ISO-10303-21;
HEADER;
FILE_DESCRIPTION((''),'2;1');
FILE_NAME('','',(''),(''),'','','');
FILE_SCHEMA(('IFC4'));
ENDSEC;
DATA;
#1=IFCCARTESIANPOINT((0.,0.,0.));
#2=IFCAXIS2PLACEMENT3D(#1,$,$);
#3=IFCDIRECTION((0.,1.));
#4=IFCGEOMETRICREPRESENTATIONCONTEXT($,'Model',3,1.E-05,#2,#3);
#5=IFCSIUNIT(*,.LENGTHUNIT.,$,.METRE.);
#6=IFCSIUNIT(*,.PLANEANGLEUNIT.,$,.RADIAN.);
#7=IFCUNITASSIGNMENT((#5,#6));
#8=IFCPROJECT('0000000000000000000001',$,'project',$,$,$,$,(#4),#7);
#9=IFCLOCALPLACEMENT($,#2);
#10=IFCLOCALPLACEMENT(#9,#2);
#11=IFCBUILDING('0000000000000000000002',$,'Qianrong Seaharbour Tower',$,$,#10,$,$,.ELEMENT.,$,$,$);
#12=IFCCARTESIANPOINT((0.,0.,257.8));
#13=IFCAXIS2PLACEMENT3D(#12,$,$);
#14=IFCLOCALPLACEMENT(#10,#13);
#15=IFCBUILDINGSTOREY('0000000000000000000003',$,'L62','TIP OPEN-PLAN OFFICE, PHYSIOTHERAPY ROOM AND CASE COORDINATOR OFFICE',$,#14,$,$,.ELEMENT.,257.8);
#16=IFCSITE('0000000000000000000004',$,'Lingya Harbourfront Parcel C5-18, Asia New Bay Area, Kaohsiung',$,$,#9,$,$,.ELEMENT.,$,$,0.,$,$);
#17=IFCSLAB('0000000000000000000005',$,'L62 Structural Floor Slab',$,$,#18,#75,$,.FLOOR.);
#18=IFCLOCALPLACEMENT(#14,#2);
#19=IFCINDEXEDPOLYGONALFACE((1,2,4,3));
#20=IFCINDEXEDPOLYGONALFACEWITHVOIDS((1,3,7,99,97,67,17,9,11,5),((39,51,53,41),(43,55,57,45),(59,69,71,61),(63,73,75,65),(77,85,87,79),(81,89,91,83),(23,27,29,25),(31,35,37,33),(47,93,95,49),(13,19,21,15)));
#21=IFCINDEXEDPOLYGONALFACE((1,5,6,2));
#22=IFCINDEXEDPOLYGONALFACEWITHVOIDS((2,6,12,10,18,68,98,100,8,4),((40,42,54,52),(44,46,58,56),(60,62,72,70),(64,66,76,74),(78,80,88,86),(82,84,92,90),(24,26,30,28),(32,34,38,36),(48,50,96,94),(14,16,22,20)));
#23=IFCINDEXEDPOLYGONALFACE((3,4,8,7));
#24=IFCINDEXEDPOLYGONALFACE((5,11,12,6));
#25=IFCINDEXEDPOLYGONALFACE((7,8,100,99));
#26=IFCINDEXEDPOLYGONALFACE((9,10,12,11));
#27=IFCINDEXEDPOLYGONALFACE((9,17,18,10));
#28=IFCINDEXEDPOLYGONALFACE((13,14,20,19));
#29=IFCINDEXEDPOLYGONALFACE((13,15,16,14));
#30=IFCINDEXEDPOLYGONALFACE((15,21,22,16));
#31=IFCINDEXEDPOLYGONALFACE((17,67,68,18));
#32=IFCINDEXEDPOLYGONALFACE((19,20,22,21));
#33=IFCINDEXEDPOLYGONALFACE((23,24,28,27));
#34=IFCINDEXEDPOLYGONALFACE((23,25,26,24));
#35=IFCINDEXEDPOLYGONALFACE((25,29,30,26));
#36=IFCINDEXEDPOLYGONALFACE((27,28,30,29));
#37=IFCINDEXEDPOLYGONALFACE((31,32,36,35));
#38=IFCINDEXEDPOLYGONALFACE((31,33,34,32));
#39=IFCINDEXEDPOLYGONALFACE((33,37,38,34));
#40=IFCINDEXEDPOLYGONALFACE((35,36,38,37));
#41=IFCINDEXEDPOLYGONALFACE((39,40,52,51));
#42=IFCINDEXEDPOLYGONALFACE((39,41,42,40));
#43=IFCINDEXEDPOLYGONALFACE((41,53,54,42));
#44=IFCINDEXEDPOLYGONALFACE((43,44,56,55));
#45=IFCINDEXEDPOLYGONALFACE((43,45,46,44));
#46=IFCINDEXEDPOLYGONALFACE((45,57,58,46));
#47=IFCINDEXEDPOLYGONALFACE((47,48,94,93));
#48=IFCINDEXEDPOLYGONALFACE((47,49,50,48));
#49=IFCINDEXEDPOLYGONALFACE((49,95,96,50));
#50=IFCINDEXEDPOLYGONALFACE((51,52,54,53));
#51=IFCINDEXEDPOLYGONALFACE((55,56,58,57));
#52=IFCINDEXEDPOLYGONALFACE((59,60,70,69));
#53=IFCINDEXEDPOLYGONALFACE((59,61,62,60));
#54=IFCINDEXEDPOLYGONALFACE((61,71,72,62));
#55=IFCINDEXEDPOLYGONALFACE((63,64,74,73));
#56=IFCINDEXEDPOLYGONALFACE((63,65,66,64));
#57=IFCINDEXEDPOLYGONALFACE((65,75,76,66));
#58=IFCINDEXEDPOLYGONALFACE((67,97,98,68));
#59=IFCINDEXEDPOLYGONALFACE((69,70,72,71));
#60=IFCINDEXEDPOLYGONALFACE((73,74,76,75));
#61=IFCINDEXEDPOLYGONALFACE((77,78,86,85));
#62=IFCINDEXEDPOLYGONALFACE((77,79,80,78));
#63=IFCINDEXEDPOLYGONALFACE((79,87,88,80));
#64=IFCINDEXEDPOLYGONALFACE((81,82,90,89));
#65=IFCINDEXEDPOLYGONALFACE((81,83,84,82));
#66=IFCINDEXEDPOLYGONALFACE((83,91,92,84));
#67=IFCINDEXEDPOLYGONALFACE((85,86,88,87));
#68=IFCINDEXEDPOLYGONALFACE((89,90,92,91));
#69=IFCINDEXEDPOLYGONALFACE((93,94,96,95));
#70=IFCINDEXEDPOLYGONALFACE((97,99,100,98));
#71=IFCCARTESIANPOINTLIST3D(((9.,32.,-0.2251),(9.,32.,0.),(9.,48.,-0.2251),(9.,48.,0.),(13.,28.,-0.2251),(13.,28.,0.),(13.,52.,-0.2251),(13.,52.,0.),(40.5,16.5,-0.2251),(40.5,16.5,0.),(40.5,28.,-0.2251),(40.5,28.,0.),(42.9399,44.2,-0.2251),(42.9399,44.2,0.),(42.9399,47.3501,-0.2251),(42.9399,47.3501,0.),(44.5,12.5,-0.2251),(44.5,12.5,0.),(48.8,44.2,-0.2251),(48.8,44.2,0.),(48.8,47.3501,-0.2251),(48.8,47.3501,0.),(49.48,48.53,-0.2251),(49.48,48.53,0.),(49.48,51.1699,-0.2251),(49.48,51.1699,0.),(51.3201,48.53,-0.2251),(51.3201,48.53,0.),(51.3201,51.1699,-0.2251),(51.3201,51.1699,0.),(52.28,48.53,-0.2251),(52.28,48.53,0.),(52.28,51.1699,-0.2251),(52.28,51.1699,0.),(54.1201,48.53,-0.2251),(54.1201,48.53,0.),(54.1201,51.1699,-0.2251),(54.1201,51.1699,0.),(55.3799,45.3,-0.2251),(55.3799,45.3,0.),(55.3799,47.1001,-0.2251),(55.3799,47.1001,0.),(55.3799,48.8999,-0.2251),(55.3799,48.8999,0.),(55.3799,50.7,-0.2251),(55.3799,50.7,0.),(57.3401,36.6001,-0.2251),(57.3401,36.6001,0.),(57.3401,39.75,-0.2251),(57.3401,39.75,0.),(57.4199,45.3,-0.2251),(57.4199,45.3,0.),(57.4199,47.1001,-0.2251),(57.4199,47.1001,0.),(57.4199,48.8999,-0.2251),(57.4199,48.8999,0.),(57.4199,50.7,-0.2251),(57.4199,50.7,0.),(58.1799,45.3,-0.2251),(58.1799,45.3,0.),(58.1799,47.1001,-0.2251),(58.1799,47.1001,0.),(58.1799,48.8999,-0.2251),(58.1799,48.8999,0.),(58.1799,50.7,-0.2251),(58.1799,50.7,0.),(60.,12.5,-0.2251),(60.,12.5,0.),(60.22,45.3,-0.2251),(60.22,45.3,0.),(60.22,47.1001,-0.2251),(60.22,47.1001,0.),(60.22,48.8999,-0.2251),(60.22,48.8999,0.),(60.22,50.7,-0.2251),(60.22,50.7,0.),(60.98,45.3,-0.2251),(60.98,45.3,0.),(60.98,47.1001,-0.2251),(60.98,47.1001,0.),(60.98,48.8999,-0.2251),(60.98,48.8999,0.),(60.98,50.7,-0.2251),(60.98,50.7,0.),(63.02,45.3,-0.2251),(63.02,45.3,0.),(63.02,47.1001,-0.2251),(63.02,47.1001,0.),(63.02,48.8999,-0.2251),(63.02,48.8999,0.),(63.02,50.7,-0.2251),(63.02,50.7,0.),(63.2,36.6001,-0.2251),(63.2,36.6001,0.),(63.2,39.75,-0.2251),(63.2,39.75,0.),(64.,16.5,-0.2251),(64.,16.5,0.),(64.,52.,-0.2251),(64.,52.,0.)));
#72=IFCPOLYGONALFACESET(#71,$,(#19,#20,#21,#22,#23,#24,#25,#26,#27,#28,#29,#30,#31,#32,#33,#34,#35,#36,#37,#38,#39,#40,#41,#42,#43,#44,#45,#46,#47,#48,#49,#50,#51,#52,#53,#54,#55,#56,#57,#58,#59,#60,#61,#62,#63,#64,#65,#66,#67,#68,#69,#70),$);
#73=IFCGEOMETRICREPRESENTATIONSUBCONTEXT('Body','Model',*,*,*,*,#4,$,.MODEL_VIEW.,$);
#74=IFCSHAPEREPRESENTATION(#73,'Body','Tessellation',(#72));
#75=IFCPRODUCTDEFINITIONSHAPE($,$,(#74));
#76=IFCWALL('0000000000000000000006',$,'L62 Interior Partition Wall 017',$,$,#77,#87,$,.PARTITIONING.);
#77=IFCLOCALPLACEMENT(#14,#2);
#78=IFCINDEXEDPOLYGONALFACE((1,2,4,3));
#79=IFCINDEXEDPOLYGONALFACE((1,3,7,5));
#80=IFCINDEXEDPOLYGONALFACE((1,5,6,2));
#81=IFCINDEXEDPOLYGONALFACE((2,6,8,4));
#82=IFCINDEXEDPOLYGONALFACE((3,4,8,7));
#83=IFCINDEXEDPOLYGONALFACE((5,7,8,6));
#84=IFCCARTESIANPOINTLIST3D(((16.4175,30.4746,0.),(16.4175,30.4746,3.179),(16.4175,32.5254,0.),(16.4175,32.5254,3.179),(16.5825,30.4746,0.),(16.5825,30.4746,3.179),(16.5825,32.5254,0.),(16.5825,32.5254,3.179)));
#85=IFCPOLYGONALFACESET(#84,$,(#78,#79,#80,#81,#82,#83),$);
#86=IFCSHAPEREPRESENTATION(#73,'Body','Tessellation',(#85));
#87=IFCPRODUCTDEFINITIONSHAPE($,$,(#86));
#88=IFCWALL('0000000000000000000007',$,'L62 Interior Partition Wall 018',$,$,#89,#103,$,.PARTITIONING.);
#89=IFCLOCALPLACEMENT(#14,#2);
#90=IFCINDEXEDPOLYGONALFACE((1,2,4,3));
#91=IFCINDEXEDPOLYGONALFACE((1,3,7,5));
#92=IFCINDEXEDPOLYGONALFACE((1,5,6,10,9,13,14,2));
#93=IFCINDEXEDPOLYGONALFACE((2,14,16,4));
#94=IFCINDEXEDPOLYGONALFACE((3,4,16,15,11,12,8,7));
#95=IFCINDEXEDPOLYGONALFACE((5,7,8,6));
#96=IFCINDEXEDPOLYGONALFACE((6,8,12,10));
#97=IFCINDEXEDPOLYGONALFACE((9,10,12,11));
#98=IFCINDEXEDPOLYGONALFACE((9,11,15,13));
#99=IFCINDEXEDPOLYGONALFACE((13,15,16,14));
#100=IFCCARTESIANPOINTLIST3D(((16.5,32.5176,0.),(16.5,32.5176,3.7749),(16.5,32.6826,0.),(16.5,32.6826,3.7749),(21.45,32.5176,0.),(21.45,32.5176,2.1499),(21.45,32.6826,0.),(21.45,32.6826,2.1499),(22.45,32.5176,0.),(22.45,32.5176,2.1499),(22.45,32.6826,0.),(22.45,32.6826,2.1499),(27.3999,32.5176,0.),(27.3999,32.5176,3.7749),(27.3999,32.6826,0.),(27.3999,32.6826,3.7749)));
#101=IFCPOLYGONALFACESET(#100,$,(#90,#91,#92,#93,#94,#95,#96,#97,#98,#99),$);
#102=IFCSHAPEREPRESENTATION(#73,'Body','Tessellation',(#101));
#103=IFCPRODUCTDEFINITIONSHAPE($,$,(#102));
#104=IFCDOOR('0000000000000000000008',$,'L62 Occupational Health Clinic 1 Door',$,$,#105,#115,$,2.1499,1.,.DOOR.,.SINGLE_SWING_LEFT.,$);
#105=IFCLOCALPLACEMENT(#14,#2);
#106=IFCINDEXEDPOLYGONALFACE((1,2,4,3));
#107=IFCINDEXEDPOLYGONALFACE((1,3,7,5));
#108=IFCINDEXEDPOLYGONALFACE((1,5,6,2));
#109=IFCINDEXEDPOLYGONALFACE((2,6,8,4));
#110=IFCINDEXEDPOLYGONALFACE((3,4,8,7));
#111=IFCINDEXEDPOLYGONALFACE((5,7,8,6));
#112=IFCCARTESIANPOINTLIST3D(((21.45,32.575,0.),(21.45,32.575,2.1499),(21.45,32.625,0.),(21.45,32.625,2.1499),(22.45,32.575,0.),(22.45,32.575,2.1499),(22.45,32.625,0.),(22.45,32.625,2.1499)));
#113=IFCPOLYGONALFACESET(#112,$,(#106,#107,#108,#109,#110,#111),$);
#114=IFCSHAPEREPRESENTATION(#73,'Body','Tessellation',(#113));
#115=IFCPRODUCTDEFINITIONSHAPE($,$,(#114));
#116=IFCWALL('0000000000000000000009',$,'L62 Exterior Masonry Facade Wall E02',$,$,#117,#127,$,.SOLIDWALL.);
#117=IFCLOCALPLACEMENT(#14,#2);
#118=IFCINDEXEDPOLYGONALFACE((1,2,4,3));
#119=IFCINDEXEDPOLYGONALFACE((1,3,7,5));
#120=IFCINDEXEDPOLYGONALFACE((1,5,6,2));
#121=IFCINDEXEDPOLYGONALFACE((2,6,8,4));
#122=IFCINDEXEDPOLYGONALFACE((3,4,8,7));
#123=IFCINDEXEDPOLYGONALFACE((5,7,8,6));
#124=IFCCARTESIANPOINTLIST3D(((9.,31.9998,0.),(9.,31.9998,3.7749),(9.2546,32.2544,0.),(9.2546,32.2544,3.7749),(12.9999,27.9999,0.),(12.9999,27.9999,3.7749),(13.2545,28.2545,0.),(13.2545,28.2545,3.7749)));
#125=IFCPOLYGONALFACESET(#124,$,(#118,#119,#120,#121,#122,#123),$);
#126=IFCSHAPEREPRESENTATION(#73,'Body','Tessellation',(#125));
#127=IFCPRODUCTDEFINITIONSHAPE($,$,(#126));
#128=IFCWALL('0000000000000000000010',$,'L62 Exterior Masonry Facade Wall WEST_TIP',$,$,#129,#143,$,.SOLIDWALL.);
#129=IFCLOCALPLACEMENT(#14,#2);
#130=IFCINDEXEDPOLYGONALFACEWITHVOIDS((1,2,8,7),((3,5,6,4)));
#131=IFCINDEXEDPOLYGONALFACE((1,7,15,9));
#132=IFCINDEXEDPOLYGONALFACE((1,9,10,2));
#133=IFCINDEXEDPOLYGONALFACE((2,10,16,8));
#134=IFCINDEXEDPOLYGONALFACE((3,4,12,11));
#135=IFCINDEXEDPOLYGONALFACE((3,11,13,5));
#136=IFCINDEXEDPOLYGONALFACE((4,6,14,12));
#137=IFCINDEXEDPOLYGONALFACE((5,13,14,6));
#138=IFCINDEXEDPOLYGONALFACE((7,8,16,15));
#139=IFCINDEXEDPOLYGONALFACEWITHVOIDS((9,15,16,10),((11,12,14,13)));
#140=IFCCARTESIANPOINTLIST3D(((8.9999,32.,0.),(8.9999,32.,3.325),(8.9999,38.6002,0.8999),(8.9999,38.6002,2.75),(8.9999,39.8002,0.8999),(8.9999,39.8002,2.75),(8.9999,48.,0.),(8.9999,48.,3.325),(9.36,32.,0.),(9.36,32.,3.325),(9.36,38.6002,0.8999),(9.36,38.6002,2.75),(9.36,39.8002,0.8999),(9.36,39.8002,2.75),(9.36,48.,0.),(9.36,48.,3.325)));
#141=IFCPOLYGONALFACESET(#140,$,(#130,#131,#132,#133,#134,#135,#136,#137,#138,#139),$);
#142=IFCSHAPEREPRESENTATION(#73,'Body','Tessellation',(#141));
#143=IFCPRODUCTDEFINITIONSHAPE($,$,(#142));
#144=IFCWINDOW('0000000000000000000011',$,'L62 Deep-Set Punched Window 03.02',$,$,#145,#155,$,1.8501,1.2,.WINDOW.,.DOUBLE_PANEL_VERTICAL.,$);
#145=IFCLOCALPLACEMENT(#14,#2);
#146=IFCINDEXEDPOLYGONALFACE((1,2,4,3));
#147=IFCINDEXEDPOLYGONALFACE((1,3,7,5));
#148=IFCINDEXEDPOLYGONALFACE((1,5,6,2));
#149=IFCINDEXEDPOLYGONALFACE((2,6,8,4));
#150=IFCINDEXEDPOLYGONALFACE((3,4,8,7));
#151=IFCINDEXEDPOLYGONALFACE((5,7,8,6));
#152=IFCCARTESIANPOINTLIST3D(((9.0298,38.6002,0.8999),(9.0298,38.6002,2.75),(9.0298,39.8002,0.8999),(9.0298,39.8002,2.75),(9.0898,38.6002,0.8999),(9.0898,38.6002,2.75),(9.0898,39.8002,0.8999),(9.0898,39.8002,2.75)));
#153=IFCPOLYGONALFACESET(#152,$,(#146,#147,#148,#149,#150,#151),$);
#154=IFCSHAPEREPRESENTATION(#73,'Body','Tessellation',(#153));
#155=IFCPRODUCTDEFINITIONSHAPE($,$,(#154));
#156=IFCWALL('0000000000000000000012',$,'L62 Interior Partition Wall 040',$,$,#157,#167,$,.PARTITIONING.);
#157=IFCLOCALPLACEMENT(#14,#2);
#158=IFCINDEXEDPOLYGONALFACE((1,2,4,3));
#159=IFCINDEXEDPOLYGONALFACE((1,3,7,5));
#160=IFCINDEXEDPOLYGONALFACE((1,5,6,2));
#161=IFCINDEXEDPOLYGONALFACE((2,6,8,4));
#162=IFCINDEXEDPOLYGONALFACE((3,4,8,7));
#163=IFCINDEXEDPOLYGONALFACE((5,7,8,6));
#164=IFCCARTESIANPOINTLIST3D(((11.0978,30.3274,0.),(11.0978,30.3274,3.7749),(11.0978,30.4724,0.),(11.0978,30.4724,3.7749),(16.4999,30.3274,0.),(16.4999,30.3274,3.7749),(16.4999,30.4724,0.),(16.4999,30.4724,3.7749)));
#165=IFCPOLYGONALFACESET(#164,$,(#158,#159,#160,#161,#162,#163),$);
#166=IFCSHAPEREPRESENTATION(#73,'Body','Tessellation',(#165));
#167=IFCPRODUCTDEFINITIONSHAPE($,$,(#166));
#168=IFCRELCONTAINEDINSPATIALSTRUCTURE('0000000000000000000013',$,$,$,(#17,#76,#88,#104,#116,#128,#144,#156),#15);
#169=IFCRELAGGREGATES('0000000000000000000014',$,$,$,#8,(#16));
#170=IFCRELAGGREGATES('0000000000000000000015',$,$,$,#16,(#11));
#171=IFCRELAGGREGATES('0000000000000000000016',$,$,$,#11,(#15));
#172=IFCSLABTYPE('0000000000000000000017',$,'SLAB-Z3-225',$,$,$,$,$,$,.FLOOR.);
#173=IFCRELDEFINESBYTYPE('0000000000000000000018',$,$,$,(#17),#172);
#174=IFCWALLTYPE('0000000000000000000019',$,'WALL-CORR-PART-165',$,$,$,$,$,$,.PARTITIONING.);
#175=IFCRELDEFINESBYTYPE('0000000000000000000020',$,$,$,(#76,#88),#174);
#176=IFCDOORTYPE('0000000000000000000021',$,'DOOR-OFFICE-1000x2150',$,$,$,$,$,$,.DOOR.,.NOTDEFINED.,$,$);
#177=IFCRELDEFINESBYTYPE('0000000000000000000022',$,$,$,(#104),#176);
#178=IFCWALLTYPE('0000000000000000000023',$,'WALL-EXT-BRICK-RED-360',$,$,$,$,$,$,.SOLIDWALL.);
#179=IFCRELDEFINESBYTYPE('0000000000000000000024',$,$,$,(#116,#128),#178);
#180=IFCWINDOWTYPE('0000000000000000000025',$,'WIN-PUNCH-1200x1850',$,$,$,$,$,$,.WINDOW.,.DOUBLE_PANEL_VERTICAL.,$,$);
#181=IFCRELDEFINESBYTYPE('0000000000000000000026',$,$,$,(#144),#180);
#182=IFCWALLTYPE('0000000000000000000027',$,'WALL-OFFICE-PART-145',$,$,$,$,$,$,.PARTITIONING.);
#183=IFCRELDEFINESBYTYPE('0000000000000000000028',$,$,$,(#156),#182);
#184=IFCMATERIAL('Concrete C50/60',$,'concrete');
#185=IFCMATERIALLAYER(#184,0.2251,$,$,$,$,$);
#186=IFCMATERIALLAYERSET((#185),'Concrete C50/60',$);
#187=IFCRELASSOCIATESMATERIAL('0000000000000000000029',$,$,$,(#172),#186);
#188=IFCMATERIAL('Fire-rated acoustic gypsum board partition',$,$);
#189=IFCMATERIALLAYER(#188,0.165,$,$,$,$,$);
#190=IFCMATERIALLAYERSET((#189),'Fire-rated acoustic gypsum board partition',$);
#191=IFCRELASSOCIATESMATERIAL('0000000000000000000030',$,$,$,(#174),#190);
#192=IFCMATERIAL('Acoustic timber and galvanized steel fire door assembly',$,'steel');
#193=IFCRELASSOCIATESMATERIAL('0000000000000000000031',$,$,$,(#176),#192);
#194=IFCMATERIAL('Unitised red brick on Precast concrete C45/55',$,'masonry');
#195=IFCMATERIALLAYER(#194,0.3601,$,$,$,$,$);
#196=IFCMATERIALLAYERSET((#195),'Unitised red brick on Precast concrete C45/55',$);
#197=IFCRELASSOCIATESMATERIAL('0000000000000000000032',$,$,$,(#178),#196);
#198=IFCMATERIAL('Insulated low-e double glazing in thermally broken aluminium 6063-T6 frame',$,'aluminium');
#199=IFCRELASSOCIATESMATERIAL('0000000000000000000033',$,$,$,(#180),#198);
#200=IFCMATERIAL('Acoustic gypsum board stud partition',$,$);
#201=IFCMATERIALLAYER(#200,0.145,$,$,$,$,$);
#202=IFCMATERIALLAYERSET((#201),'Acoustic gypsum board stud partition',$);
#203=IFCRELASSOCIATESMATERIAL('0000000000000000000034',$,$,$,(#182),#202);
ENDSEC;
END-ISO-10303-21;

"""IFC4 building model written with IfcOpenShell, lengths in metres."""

from ifc_helpers import new_model, si_unit, direction, frame, frame_2d, origin, place, context, subcontext, project, spatial, polyline, rectangle, outline, extrude, material, layer, layer_set, type_object, element, fill, save


model = new_model("IFC4")

# Units and contexts
model_context = context("Model", 3, precision=1e-05, world=origin(), true_north=direction((0.0, 1.0)))
body_context = subcontext(model_context, "Body", "Model", "MODEL_VIEW")
ifc_project = project(units=[si_unit("LENGTHUNIT", "METRE"), si_unit("PLANEANGLEUNIT", "RADIAN")], contexts=[model_context])

# Site, building, storey
site_placement = place(None, origin())
site = spatial("IfcSite", under=ifc_project, at=site_placement, Name="Lingya Harbourfront Parcel C5-18, Asia New Bay Area, Kaohsiung", CompositionType="ELEMENT", RefElevation=0.0)
building_placement = place(site_placement, origin())
building = spatial("IfcBuilding", under=site, at=building_placement, Name="Qianrong Seaharbour Tower", CompositionType="ELEMENT")
storey_placement = place(building_placement, frame((0.0, 0.0, 257.8)))
storey = spatial("IfcBuildingStorey", under=building, at=storey_placement, Name="L62", Description="TIP OPEN-PLAN OFFICE, PHYSIOTHERAPY ROOM AND CASE COORDINATOR OFFICE", CompositionType="ELEMENT", Elevation=257.8)

# Shared definitions
ifc_material_1 = material(Name="Concrete C50/60", Category="concrete")

# Slab
ifc_layer_1 = layer(ifc_material_1, 0.2251)
ifc_layer_set_1 = layer_set([ifc_layer_1], Name="Concrete C50/60")
slab_type_1 = type_object("IfcSlabType", Name="SLAB-Z3-225", PredefinedType="FLOOR", material=ifc_layer_set_1)
slab_1_placement = place(storey_placement, frame((0.0, 0.0, -0.2251)))
element("IfcSlab", 1, at=slab_1_placement, inside=storey, type_object=slab_type_1, Name="L62 Structural Floor Slab", PredefinedType="FLOOR", context=body_context, shape_type="SweptSolid", body=[
    extrude(outline(polyline([(44.5, 12.5), (60.0, 12.5), (64.0, 16.5), (64.0, 52.0), (13.0, 52.0), (9.0, 48.0), (9.0, 32.0), (13.0, 28.0), (40.5, 28.0), (40.5, 16.5), (44.5, 12.5)]), holes=[polyline([(42.9399, 44.2), (42.9399, 47.3501), (48.8, 47.3501), (48.8, 44.2), (42.9399, 44.2)]), polyline([(57.3401, 36.6001), (57.3401, 39.75), (63.2, 39.75), (63.2, 36.6001), (57.3401, 36.6001)]), polyline([(49.48, 48.53), (49.48, 51.1699), (51.3201, 51.1699), (51.3201, 48.53), (49.48, 48.53)]), polyline([(52.28, 48.53), (52.28, 51.1699), (54.1201, 51.1699), (54.1201, 48.53), (52.28, 48.53)]), polyline([(55.3799, 45.3), (55.3799, 47.1001), (57.4199, 47.1001), (57.4199, 45.3), (55.3799, 45.3)]), polyline([(58.1799, 45.3), (58.1799, 47.1001), (60.22, 47.1001), (60.22, 45.3), (58.1799, 45.3)]), polyline([(60.98, 45.3), (60.98, 47.1001), (63.02, 47.1001), (63.02, 45.3), (60.98, 45.3)]), polyline([(55.3799, 48.8999), (55.3799, 50.7), (57.4199, 50.7), (57.4199, 48.8999), (55.3799, 48.8999)]), polyline([(58.1799, 48.8999), (58.1799, 50.7), (60.22, 50.7), (60.22, 48.8999), (58.1799, 48.8999)]), polyline([(60.98, 48.8999), (60.98, 50.7), (63.02, 50.7), (63.02, 48.8999), (60.98, 48.8999)])]), origin(), (0.0, 0.0, 1.0), 0.2251),
])

# Wall
ifc_material_2 = material(Name="Fire-rated acoustic gypsum board partition")
ifc_layer_2 = layer(ifc_material_2, 0.165)
ifc_layer_set_2 = layer_set([ifc_layer_2], Name="Fire-rated acoustic gypsum board partition")
wall_type_1 = type_object("IfcWallType", Name="WALL-CORR-PART-165", PredefinedType="PARTITIONING", material=ifc_layer_set_2)
wall_1_placement = place(storey_placement, frame((16.5, 30.4746, 0.0), z_axis=(0.0, 0.0, 1.0), x_axis=(0.0, 1.0, 0.0)))
element("IfcWall", 2, at=wall_1_placement, inside=storey, type_object=wall_type_1, Name="L62 Interior Partition Wall 017", PredefinedType="PARTITIONING", context=body_context, shape_type="SweptSolid", body=[
    extrude(rectangle(XDim=2.0508, YDim=0.165, at=frame_2d((1.0254, 0.0))), origin(), (0.0, 0.0, 1.0), 3.179),
])

# Wall, opening, door
wall_2_placement = place(storey_placement, frame((16.5, 32.6001, 0.0), z_axis=(0.0, 0.0, 1.0), x_axis=(1.0, 0.0, 0.0)))
wall_2 = element("IfcWall", 3, at=wall_2_placement, inside=storey, type_object=wall_type_1, Name="L62 Interior Partition Wall 018", PredefinedType="PARTITIONING", context=body_context, shape_type="SweptSolid", body=[
    extrude(rectangle(XDim=10.8999, YDim=0.165, at=frame_2d((5.45, 0.0))), origin(), (0.0, 0.0, 1.0), 3.7749),
])
opening_1_placement = place(wall_2_placement, frame((4.95, 0.0, 0.0)))
opening_1 = element("IfcOpeningElement", 4, at=opening_1_placement, cuts=wall_2, PredefinedType="OPENING", context=body_context, shape_type="SweptSolid", body=[
    extrude(rectangle(XDim=1.0, YDim=2.1499, at=frame_2d((0.5, 1.075))), frame((0.0, 0.0925, 0.0), z_axis=(0.0, -1.0, 0.0), x_axis=(1.0, 0.0, 0.0)), (0.0, 0.0, 1.0), 0.1851),
])
ifc_material_3 = material(Name="Acoustic timber and galvanized steel fire door assembly", Category="steel")
door_type = type_object("IfcDoorType", Name="DOOR-OFFICE-1000x2150", OperationType="NOTDEFINED", PredefinedType="DOOR", material=ifc_material_3)
door_placement = place(opening_1_placement, origin())
door = element("IfcDoor", 5, at=door_placement, inside=storey, type_object=door_type, Name="L62 Occupational Health Clinic 1 Door", OperationType="SINGLE_SWING_LEFT", OverallHeight=2.1499, OverallWidth=1.0, PredefinedType="DOOR", context=body_context, shape_type="SweptSolid", body=[
    extrude(rectangle(XDim=1.0, YDim=2.1499, at=frame_2d((0.5, 1.075))), frame((0.0, 0.0249, 0.0), z_axis=(0.0, -1.0, 0.0), x_axis=(1.0, 0.0, 0.0)), (0.0, 0.0, 1.0), 0.05),
])
fill(opening_1, door)

# Wall
ifc_material_4 = material(Name="Unitised red brick on Precast concrete C45/55", Category="masonry")
ifc_layer_3 = layer(ifc_material_4, 0.3601)
ifc_layer_set_3 = layer_set([ifc_layer_3], Name="Unitised red brick on Precast concrete C45/55")
wall_type_2 = type_object("IfcWallType", Name="WALL-EXT-BRICK-RED-360", PredefinedType="SOLIDWALL", material=ifc_layer_set_3)
wall_3_placement = place(storey_placement, frame((13.1272, 28.1272, 0.0), z_axis=(0.0, 0.0, 1.0), x_axis=(-0.707107, 0.707107, 0.0)))
element("IfcWall", 6, at=wall_3_placement, inside=storey, type_object=wall_type_2, Name="L62 Exterior Masonry Facade Wall E02", PredefinedType="SOLIDWALL", context=body_context, shape_type="SweptSolid", body=[
    extrude(rectangle(XDim=5.6567, YDim=0.3601, at=frame_2d((2.8284, 0.0))), origin(), (0.0, 0.0, 1.0), 3.7749),
])

# Wall, opening, window
wall_4_placement = place(storey_placement, frame((9.1799, 32.0, 0.0), z_axis=(0.0, 0.0, 1.0), x_axis=(0.0, 1.0, 0.0)))
wall_4 = element("IfcWall", 7, at=wall_4_placement, inside=storey, type_object=wall_type_2, Name="L62 Exterior Masonry Facade Wall WEST_TIP", PredefinedType="SOLIDWALL", context=body_context, shape_type="SweptSolid", body=[
    extrude(rectangle(XDim=16.0, YDim=0.3601, at=frame_2d((8.0, 0.0))), origin(), (0.0, 0.0, 1.0), 3.325),
])
opening_2_placement = place(wall_4_placement, frame((6.6001, 0.0, 0.8999)))
opening_2 = element("IfcOpeningElement", 8, at=opening_2_placement, cuts=wall_4, PredefinedType="OPENING", context=body_context, shape_type="SweptSolid", body=[
    extrude(rectangle(XDim=1.2, YDim=1.8501, at=frame_2d((0.6001, 0.925))), frame((0.0, 0.1899, 0.0), z_axis=(0.0, -1.0, 0.0), x_axis=(1.0, 0.0, 0.0)), (0.0, 0.0, 1.0), 0.3801),
])
ifc_material_5 = material(Name="Insulated low-e double glazing in thermally broken aluminium 6063-T6 frame", Category="aluminium")
window_type = type_object("IfcWindowType", Name="WIN-PUNCH-1200x1850", PartitioningType="DOUBLE_PANEL_VERTICAL", PredefinedType="WINDOW", material=ifc_material_5)
window_placement = place(opening_2_placement, origin())
window = element("IfcWindow", 9, at=window_placement, inside=storey, type_object=window_type, Name="L62 Deep-Set Punched Window 03.02", OverallHeight=1.8501, OverallWidth=1.2, PartitioningType="DOUBLE_PANEL_VERTICAL", PredefinedType="WINDOW", context=body_context, shape_type="SweptSolid", body=[
    extrude(rectangle(XDim=1.2, YDim=1.8501, at=frame_2d((0.6001, 0.925))), frame((0.0, 0.1501, 0.0), z_axis=(0.0, -1.0, 0.0), x_axis=(1.0, 0.0, 0.0)), (0.0, 0.0, 1.0), 0.0601),
])
fill(opening_2, window)

# Wall
ifc_material_6 = material(Name="Acoustic gypsum board stud partition")
ifc_layer_4 = layer(ifc_material_6, 0.145)
ifc_layer_set_4 = layer_set([ifc_layer_4], Name="Acoustic gypsum board stud partition")
wall_type_3 = type_object("IfcWallType", Name="WALL-OFFICE-PART-145", PredefinedType="PARTITIONING", material=ifc_layer_set_4)
wall_5_placement = place(storey_placement, frame((16.5, 30.3999, 0.0), z_axis=(0.0, 0.0, 1.0), x_axis=(-1.0, 0.0, 0.0)))
element("IfcWall", 10, at=wall_5_placement, inside=storey, type_object=wall_type_3, Name="L62 Interior Partition Wall 040", PredefinedType="PARTITIONING", context=body_context, shape_type="SweptSolid", body=[
    extrude(rectangle(XDim=5.4021, YDim=0.145, at=frame_2d((2.7012, 0.0))), origin(), (0.0, 0.0, 1.0), 3.7749),
])

save(model, "model.ifc")
